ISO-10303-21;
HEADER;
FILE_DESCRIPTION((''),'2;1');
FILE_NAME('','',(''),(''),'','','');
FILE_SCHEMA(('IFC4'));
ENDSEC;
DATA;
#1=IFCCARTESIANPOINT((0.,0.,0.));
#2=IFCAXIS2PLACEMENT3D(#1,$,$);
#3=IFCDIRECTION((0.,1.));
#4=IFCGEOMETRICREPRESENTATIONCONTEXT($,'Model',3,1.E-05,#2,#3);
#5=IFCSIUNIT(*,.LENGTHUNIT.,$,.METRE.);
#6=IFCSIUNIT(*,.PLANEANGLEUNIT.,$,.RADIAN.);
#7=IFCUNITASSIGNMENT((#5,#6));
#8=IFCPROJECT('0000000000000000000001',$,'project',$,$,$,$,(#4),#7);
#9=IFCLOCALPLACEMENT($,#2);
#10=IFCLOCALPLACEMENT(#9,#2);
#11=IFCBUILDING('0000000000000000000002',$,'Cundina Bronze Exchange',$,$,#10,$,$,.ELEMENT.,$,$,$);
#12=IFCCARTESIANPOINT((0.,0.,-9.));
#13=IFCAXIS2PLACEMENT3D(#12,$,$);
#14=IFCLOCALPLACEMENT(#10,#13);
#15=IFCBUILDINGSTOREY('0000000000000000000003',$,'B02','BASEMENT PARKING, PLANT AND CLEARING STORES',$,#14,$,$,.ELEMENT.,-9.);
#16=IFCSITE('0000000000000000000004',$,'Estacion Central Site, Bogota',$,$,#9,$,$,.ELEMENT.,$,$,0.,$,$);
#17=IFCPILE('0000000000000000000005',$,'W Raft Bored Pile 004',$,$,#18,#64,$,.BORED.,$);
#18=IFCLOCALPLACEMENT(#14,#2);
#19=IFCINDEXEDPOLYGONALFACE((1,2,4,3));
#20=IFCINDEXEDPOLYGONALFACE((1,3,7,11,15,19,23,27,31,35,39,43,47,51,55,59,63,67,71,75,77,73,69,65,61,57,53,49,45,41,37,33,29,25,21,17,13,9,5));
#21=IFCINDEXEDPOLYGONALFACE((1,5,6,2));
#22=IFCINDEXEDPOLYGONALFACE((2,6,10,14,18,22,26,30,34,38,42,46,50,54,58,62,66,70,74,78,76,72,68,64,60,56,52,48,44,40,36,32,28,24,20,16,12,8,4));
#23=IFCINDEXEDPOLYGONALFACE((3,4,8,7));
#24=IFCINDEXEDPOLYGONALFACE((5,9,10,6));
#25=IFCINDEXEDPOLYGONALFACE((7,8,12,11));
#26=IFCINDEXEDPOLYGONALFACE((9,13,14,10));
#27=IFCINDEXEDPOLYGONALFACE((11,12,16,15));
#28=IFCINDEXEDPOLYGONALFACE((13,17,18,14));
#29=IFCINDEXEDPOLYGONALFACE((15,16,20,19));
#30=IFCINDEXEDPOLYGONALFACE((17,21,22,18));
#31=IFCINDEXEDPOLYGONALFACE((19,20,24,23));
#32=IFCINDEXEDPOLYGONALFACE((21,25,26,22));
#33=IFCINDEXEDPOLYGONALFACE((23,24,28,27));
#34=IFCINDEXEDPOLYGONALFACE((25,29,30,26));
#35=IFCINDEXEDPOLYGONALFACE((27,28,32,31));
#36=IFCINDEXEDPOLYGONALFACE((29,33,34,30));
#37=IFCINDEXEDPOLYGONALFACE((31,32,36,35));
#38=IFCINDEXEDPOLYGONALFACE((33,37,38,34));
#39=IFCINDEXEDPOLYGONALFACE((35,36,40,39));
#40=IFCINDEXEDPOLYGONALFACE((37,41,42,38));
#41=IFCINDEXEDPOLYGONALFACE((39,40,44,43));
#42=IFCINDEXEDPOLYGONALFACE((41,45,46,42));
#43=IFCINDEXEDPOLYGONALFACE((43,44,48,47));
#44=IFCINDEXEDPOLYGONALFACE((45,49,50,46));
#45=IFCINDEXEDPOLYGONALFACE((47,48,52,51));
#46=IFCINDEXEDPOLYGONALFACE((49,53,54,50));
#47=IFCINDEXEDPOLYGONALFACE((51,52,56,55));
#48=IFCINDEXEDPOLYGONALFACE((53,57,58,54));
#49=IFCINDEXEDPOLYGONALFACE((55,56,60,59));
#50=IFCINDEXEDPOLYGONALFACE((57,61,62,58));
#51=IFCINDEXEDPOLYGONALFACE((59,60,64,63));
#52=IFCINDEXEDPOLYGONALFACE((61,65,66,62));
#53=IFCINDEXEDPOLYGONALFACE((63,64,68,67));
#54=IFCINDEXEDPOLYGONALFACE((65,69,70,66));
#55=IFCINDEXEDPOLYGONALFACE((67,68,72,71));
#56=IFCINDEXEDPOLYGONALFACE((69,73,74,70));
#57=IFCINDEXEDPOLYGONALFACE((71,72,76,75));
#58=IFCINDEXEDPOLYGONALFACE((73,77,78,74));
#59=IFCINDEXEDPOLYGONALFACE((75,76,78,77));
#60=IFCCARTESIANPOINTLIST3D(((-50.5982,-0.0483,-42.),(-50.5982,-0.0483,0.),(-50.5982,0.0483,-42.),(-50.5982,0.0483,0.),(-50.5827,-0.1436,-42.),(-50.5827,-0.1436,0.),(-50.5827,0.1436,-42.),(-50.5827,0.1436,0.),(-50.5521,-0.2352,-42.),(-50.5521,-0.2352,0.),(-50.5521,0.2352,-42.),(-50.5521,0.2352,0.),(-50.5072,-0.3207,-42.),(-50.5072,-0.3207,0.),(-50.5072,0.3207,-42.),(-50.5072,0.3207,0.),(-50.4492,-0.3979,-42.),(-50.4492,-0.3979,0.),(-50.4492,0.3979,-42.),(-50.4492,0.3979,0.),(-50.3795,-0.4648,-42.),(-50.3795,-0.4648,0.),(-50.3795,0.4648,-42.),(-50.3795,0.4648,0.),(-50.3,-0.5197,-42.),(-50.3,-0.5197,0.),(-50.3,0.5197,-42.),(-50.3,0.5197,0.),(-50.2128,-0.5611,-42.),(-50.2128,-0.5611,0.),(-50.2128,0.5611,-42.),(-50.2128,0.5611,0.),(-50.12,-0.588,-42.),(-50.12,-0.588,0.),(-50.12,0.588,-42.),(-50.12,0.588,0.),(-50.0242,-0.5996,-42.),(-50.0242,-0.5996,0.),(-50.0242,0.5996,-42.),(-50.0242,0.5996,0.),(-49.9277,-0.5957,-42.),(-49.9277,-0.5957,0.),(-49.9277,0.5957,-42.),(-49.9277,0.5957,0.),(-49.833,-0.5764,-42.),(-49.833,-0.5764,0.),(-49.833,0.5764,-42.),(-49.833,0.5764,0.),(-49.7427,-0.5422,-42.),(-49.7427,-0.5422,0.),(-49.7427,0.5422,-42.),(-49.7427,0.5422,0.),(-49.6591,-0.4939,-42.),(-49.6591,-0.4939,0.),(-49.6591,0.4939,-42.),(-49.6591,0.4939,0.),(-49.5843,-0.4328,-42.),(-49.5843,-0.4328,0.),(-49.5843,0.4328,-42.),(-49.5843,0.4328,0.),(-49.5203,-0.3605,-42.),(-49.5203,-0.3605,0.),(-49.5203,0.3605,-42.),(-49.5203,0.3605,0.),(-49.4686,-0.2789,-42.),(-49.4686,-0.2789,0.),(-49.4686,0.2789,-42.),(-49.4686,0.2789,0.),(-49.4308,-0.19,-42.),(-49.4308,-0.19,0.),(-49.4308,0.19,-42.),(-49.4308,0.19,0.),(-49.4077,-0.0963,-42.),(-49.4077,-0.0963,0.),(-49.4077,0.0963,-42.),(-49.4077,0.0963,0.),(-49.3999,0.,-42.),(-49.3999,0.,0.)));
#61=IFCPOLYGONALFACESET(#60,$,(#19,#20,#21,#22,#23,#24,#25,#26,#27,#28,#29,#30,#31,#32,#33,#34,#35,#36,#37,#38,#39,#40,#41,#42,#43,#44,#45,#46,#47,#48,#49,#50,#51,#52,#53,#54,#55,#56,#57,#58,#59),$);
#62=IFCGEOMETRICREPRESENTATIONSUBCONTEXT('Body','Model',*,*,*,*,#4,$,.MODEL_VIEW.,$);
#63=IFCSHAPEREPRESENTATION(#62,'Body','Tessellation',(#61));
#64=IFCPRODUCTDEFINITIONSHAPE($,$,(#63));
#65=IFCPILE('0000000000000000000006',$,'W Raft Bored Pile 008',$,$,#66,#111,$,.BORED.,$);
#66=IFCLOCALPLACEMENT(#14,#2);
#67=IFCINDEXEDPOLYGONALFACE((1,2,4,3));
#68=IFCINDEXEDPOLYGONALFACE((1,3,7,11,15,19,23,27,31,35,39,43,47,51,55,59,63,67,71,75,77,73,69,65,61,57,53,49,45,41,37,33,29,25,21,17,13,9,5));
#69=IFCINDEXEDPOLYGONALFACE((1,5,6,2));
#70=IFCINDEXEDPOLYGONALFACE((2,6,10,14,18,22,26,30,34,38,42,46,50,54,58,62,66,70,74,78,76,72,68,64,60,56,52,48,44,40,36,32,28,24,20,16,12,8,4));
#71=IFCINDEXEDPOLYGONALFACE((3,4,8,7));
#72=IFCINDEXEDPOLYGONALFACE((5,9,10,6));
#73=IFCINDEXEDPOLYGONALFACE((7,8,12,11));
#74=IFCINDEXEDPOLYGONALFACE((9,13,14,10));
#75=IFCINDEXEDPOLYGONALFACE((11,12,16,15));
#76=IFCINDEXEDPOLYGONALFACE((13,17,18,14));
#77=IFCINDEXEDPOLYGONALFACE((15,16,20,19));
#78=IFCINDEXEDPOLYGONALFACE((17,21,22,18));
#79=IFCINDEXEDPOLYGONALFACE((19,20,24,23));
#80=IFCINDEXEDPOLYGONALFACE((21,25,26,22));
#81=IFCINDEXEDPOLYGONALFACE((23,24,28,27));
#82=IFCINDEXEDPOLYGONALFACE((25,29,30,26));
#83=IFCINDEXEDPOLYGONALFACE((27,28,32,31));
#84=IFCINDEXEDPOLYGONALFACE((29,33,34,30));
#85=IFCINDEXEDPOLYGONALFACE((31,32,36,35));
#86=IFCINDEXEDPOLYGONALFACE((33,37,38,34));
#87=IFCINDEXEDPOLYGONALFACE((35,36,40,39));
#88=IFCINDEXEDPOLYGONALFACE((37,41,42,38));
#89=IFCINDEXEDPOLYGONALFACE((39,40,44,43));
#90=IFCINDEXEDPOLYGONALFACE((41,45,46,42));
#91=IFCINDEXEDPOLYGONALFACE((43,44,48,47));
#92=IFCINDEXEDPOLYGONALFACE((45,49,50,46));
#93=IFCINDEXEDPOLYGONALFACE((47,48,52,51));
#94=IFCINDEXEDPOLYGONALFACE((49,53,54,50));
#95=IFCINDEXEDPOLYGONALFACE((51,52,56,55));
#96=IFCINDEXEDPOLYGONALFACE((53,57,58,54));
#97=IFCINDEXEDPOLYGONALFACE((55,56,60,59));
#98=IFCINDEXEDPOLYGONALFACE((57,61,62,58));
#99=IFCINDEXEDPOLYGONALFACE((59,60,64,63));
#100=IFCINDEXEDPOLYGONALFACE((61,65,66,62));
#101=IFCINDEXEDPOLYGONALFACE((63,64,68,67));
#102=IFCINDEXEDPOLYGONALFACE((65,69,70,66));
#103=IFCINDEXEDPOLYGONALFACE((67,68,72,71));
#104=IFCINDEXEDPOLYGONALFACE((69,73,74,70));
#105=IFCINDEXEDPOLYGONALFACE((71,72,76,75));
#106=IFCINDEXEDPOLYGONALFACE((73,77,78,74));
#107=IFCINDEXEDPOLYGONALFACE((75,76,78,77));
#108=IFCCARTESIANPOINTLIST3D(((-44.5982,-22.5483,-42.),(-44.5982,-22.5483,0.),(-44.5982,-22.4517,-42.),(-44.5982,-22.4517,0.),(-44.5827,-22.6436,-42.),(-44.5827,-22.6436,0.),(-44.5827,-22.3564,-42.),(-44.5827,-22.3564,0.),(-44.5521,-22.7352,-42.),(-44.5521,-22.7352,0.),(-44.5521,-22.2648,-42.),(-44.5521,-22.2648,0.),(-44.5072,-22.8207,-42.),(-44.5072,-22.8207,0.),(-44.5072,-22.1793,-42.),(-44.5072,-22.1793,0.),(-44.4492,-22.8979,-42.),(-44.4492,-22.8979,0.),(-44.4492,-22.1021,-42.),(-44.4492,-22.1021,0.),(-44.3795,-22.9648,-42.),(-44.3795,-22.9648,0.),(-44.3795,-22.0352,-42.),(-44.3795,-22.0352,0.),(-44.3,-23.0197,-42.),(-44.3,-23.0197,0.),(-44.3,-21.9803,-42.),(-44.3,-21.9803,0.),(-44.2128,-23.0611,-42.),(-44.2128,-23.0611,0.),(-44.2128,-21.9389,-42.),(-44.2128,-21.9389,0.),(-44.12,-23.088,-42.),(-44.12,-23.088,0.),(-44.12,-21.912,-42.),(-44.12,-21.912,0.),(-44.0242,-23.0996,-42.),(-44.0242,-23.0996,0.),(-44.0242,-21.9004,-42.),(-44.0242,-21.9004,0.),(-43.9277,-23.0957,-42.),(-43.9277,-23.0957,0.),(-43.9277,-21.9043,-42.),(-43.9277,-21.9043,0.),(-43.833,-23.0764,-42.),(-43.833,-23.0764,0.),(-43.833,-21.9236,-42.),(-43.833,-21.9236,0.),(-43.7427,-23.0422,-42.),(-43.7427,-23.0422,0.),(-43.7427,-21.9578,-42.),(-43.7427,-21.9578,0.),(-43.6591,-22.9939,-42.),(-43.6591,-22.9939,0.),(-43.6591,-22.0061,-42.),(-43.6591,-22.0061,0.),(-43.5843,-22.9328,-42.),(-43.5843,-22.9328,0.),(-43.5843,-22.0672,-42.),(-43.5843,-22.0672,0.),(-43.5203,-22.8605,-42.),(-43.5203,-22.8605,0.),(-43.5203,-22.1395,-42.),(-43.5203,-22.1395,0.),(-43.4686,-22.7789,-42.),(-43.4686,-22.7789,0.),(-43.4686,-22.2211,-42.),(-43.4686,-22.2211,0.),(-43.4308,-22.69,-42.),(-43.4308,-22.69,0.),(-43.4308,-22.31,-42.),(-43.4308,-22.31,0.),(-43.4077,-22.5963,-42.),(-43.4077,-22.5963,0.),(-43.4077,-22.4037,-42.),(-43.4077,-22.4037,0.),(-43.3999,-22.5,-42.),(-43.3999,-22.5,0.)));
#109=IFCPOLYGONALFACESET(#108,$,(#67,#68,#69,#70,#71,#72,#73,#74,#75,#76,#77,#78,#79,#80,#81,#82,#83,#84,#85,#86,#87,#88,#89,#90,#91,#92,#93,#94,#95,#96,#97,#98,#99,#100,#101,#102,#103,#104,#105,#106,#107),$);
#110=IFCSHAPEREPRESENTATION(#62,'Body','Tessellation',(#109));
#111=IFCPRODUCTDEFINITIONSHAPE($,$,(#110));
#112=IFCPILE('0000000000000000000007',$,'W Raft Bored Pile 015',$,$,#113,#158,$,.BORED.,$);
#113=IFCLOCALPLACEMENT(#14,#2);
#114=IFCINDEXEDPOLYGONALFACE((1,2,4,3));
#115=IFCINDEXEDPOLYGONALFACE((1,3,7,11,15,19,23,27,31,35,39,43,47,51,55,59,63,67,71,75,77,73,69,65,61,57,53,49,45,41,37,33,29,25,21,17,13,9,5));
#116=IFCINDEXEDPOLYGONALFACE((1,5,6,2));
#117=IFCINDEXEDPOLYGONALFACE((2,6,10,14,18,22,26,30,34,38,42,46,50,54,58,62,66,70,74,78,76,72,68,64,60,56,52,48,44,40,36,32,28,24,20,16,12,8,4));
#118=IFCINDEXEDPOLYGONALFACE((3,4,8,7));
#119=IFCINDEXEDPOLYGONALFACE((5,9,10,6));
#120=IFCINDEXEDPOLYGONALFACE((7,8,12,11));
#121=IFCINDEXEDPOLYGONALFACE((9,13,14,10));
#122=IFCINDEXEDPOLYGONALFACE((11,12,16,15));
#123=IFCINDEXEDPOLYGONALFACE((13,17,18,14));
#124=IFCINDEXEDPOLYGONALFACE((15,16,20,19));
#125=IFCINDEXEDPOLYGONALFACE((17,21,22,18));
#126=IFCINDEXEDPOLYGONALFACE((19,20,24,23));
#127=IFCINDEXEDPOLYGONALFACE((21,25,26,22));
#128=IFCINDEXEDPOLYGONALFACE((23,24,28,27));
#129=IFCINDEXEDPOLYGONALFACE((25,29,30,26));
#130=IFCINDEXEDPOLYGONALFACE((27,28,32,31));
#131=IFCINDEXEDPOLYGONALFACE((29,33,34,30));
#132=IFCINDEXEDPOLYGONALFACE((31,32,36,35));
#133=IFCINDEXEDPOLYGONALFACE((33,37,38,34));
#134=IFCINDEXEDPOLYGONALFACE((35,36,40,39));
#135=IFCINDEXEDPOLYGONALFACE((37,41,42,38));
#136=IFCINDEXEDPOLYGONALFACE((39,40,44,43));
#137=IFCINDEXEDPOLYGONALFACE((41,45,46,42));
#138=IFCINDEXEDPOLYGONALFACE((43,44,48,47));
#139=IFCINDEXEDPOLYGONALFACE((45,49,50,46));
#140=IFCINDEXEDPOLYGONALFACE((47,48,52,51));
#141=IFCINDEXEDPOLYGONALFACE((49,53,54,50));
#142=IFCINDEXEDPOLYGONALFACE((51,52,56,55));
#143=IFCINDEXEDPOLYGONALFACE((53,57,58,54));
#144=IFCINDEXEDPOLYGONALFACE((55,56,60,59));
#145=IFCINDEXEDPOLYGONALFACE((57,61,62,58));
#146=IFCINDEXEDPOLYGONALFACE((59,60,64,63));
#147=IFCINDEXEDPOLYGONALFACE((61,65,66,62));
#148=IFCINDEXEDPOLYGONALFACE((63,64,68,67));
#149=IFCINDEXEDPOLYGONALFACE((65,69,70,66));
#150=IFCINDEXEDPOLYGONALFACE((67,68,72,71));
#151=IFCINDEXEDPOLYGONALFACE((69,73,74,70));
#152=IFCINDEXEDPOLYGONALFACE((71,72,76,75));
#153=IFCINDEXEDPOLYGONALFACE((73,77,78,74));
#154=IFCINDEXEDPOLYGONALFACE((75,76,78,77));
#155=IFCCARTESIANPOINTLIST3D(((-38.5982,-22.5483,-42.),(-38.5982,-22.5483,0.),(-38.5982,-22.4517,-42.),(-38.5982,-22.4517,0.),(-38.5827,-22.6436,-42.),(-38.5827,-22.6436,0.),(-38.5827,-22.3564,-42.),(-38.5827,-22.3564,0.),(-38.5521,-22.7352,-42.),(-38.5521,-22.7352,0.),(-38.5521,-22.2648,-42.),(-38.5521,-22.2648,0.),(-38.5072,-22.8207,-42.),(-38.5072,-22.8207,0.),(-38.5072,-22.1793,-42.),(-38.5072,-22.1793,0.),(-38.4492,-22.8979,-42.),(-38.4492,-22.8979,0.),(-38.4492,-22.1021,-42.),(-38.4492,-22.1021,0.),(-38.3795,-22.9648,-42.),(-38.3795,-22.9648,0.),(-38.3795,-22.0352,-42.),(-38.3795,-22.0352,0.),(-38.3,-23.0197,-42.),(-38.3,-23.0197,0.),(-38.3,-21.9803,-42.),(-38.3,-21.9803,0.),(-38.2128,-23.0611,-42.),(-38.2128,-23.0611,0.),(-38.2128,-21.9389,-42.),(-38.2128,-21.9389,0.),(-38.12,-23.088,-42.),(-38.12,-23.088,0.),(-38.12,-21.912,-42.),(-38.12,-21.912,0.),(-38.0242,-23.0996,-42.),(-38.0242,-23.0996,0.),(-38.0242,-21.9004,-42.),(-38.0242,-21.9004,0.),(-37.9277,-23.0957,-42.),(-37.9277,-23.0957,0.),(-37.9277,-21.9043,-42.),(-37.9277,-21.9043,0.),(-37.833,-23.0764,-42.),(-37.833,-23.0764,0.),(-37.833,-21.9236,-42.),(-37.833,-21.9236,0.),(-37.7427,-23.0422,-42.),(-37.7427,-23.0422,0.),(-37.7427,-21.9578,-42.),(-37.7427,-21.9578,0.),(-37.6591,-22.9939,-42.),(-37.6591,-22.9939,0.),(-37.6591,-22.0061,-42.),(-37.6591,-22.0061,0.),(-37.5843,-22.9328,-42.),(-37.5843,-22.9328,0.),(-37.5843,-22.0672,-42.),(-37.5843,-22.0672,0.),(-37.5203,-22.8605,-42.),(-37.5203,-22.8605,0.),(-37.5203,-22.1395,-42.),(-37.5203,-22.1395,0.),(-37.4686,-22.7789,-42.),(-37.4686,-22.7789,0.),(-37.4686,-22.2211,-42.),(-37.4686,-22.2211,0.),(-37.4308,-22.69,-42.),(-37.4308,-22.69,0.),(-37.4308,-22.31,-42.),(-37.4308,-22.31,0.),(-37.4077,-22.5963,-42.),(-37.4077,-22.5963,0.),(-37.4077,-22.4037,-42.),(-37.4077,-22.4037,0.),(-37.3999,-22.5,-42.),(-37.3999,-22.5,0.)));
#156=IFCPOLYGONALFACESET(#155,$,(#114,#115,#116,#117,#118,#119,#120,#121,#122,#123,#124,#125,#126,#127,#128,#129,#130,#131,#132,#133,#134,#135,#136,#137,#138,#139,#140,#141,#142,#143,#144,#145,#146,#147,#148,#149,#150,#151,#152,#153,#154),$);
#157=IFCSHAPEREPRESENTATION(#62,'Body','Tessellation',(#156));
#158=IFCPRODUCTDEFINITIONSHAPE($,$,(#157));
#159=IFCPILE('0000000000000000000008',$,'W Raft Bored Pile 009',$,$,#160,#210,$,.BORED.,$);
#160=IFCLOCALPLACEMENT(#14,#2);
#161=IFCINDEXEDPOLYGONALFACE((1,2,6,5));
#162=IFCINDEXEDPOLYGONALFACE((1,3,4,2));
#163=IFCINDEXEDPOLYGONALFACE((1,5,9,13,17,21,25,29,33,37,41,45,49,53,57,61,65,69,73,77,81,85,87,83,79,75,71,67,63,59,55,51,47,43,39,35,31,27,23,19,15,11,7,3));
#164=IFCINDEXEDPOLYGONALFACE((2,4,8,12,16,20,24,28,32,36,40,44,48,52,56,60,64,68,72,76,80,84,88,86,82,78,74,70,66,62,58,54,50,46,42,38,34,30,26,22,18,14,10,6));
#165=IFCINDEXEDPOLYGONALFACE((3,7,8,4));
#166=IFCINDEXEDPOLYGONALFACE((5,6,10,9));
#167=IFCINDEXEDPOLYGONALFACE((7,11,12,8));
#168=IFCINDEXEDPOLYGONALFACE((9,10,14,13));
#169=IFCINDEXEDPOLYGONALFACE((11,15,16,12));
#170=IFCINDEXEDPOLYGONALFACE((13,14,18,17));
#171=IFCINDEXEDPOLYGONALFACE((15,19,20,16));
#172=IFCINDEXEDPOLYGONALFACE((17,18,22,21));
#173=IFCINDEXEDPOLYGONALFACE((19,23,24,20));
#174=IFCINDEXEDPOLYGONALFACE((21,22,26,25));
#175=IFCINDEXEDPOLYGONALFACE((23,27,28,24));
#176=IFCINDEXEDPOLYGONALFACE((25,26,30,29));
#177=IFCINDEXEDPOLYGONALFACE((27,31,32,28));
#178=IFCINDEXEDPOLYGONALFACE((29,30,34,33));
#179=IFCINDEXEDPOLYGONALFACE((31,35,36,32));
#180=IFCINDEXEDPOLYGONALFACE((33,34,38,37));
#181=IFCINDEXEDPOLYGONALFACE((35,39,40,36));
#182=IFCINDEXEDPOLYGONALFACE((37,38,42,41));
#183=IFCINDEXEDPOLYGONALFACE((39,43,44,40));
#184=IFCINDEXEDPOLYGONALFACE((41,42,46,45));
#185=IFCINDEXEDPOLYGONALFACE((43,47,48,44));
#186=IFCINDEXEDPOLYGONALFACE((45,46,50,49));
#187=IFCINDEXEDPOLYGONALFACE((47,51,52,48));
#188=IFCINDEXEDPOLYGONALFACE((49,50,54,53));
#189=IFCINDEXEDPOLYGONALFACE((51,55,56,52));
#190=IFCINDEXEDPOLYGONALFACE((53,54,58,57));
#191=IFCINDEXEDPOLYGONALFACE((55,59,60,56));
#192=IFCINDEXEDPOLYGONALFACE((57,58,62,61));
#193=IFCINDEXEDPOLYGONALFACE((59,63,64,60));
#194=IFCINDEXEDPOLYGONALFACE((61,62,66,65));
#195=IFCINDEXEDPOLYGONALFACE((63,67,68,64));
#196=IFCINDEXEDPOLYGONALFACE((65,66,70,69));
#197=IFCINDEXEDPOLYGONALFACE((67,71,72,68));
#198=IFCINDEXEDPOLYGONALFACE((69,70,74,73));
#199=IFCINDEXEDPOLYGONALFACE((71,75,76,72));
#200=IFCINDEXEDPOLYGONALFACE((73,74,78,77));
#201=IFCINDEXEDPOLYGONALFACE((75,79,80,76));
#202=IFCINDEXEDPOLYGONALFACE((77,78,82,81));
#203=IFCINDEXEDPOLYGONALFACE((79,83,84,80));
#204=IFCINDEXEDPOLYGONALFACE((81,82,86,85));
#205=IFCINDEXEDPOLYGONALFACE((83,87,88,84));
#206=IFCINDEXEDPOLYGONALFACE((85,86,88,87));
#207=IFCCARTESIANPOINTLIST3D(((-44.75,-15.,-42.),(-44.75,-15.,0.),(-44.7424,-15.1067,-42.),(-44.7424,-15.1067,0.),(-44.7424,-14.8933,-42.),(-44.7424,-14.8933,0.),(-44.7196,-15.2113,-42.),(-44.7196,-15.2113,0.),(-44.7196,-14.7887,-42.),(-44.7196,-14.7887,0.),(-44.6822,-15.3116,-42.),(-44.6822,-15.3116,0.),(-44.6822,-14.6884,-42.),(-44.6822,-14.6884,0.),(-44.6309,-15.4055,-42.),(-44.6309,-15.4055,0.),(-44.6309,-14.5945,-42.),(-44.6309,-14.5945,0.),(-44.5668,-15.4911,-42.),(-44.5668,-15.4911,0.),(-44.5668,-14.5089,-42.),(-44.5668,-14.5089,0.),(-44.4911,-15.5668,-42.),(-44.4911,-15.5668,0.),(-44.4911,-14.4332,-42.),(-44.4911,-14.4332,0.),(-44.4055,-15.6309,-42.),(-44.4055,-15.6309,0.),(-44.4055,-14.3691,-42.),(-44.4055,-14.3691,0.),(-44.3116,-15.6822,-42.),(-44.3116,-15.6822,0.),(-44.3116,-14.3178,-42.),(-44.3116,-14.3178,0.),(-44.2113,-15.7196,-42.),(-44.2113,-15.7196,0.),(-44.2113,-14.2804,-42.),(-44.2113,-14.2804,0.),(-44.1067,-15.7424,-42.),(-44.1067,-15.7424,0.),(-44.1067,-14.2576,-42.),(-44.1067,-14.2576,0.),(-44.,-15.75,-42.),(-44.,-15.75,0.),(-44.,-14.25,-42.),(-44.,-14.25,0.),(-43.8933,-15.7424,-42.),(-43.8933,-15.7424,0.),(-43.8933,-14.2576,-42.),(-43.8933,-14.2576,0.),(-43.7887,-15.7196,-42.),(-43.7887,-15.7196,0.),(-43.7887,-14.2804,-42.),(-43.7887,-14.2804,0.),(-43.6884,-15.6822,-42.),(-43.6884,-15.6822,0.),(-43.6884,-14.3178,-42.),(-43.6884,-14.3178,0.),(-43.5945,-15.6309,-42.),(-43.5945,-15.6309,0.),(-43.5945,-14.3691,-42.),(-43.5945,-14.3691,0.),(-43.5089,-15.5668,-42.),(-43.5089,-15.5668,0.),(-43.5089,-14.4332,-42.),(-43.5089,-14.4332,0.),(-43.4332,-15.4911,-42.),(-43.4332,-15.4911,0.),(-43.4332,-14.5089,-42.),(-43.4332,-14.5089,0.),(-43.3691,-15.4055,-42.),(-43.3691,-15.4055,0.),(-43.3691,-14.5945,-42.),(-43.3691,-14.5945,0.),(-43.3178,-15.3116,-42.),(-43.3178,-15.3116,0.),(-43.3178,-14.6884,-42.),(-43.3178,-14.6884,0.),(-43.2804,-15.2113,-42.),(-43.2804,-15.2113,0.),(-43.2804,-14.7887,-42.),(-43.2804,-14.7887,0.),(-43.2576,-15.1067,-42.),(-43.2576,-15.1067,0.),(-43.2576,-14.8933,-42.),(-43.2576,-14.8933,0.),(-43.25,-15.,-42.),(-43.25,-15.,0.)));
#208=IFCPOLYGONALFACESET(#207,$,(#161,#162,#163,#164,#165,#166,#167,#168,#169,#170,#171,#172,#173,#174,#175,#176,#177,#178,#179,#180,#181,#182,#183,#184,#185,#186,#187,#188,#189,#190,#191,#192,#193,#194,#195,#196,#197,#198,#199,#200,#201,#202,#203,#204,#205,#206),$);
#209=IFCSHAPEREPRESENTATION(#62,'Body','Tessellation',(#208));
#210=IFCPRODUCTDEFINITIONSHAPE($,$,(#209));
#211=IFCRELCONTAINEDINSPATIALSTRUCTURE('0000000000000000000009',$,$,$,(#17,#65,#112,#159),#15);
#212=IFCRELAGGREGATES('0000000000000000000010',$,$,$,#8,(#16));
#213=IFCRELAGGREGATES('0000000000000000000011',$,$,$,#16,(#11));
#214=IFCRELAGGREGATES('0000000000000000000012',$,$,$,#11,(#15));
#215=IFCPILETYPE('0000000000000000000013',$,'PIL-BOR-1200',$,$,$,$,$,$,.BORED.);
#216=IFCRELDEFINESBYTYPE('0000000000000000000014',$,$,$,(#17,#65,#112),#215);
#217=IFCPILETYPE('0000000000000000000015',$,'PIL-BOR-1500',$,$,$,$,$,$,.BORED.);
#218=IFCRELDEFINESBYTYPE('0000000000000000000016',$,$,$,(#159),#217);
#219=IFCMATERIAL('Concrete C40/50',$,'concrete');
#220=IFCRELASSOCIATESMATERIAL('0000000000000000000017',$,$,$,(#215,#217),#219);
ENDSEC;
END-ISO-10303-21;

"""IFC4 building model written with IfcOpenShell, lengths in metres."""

from ifc_helpers import new_model, si_unit, direction, frame, origin, origin_2d, place, context, subcontext, project, spatial, circle, extrude, material, material_profile, profile_set, type_object, element, save


model = new_model("IFC4")

# Units and contexts
model_context = context("Model", 3, precision=1e-05, world=origin(), true_north=direction((0.0, 1.0)))
body_context = subcontext(model_context, "Body", "Model", "MODEL_VIEW")
ifc_project = project(units=[si_unit("LENGTHUNIT", "METRE"), si_unit("PLANEANGLEUNIT", "RADIAN")], contexts=[model_context])

# Site, building, storey
site_placement = place(None, origin())
site = spatial("IfcSite", under=ifc_project, at=site_placement, Name="Estacion Central Site, Bogota", CompositionType="ELEMENT", RefElevation=0.0)
building_placement = place(site_placement, origin())
building = spatial("IfcBuilding", under=site, at=building_placement, Name="Cundina Bronze Exchange", CompositionType="ELEMENT")
storey_placement = place(building_placement, frame((0.0, 0.0, -9.0)))
storey = spatial("IfcBuildingStorey", under=building, at=storey_placement, Name="B02", Description="BASEMENT PARKING, PLANT AND CLEARING STORES", CompositionType="ELEMENT", Elevation=-9.0)

# Shared definitions
ifc_material_1 = material(Name="Concrete C40/50", Category="concrete")

# Piles
ifc_material_profile_1 = material_profile(ifc_material_1, circle(Radius=0.6001, at=origin_2d()), Name="PILE1200D", Category="concrete")
ifc_profile_set_1 = profile_set([ifc_material_profile_1], Name="Concrete C40/50")
pile_type_1 = type_object("IfcPileType", Name="PIL-BOR-1200", PredefinedType="BORED", material=ifc_profile_set_1)
for number, where, z_axis, x_axis, name in (
    (1, (-50.0, 0.0, 0.0), (0.0, 0.0, -1.0), (1.0, 0.0, 0.0), "W Raft Bored Pile 004"),
    (2, (-44.0, -22.5, 0.0), (0.0, 0.0, -1.0), (1.0, 0.0, 0.0), "W Raft Bored Pile 008"),
    (3, (-38.0, -22.5, 0.0), (0.0, 0.0, -1.0), (1.0, 0.0, 0.0), "W Raft Bored Pile 015"),
):
    element("IfcPile", number, at=place(storey_placement, frame(where, z_axis=z_axis, x_axis=x_axis)), inside=storey, type_object=pile_type_1, Name=name, PredefinedType="BORED", context=body_context, shape_type="SweptSolid", body=[
        extrude(circle(Radius=0.6001, at=origin_2d()), origin(), (0.0, 0.0, 1.0), 42.0),
    ])
ifc_material_profile_2 = material_profile(ifc_material_1, circle(Radius=0.75, at=origin_2d()), Name="PILE1500D", Category="concrete")
ifc_profile_set_2 = profile_set([ifc_material_profile_2], Name="Concrete C40/50")
pile_type_2 = type_object("IfcPileType", Name="PIL-BOR-1500", PredefinedType="BORED", material=ifc_profile_set_2)
for number, where, z_axis, x_axis, name in (
    (4, (-44.0, -15.0, 0.0), (0.0, 0.0, -1.0), (1.0, 0.0, 0.0), "W Raft Bored Pile 009"),
):
    element("IfcPile", number, at=place(storey_placement, frame(where, z_axis=z_axis, x_axis=x_axis)), inside=storey, type_object=pile_type_2, Name=name, PredefinedType="BORED", context=body_context, shape_type="SweptSolid", body=[
        extrude(circle(Radius=0.75, at=origin_2d()), origin(), (0.0, 0.0, 1.0), 42.0),
    ])

save(model, "model.ifc")
